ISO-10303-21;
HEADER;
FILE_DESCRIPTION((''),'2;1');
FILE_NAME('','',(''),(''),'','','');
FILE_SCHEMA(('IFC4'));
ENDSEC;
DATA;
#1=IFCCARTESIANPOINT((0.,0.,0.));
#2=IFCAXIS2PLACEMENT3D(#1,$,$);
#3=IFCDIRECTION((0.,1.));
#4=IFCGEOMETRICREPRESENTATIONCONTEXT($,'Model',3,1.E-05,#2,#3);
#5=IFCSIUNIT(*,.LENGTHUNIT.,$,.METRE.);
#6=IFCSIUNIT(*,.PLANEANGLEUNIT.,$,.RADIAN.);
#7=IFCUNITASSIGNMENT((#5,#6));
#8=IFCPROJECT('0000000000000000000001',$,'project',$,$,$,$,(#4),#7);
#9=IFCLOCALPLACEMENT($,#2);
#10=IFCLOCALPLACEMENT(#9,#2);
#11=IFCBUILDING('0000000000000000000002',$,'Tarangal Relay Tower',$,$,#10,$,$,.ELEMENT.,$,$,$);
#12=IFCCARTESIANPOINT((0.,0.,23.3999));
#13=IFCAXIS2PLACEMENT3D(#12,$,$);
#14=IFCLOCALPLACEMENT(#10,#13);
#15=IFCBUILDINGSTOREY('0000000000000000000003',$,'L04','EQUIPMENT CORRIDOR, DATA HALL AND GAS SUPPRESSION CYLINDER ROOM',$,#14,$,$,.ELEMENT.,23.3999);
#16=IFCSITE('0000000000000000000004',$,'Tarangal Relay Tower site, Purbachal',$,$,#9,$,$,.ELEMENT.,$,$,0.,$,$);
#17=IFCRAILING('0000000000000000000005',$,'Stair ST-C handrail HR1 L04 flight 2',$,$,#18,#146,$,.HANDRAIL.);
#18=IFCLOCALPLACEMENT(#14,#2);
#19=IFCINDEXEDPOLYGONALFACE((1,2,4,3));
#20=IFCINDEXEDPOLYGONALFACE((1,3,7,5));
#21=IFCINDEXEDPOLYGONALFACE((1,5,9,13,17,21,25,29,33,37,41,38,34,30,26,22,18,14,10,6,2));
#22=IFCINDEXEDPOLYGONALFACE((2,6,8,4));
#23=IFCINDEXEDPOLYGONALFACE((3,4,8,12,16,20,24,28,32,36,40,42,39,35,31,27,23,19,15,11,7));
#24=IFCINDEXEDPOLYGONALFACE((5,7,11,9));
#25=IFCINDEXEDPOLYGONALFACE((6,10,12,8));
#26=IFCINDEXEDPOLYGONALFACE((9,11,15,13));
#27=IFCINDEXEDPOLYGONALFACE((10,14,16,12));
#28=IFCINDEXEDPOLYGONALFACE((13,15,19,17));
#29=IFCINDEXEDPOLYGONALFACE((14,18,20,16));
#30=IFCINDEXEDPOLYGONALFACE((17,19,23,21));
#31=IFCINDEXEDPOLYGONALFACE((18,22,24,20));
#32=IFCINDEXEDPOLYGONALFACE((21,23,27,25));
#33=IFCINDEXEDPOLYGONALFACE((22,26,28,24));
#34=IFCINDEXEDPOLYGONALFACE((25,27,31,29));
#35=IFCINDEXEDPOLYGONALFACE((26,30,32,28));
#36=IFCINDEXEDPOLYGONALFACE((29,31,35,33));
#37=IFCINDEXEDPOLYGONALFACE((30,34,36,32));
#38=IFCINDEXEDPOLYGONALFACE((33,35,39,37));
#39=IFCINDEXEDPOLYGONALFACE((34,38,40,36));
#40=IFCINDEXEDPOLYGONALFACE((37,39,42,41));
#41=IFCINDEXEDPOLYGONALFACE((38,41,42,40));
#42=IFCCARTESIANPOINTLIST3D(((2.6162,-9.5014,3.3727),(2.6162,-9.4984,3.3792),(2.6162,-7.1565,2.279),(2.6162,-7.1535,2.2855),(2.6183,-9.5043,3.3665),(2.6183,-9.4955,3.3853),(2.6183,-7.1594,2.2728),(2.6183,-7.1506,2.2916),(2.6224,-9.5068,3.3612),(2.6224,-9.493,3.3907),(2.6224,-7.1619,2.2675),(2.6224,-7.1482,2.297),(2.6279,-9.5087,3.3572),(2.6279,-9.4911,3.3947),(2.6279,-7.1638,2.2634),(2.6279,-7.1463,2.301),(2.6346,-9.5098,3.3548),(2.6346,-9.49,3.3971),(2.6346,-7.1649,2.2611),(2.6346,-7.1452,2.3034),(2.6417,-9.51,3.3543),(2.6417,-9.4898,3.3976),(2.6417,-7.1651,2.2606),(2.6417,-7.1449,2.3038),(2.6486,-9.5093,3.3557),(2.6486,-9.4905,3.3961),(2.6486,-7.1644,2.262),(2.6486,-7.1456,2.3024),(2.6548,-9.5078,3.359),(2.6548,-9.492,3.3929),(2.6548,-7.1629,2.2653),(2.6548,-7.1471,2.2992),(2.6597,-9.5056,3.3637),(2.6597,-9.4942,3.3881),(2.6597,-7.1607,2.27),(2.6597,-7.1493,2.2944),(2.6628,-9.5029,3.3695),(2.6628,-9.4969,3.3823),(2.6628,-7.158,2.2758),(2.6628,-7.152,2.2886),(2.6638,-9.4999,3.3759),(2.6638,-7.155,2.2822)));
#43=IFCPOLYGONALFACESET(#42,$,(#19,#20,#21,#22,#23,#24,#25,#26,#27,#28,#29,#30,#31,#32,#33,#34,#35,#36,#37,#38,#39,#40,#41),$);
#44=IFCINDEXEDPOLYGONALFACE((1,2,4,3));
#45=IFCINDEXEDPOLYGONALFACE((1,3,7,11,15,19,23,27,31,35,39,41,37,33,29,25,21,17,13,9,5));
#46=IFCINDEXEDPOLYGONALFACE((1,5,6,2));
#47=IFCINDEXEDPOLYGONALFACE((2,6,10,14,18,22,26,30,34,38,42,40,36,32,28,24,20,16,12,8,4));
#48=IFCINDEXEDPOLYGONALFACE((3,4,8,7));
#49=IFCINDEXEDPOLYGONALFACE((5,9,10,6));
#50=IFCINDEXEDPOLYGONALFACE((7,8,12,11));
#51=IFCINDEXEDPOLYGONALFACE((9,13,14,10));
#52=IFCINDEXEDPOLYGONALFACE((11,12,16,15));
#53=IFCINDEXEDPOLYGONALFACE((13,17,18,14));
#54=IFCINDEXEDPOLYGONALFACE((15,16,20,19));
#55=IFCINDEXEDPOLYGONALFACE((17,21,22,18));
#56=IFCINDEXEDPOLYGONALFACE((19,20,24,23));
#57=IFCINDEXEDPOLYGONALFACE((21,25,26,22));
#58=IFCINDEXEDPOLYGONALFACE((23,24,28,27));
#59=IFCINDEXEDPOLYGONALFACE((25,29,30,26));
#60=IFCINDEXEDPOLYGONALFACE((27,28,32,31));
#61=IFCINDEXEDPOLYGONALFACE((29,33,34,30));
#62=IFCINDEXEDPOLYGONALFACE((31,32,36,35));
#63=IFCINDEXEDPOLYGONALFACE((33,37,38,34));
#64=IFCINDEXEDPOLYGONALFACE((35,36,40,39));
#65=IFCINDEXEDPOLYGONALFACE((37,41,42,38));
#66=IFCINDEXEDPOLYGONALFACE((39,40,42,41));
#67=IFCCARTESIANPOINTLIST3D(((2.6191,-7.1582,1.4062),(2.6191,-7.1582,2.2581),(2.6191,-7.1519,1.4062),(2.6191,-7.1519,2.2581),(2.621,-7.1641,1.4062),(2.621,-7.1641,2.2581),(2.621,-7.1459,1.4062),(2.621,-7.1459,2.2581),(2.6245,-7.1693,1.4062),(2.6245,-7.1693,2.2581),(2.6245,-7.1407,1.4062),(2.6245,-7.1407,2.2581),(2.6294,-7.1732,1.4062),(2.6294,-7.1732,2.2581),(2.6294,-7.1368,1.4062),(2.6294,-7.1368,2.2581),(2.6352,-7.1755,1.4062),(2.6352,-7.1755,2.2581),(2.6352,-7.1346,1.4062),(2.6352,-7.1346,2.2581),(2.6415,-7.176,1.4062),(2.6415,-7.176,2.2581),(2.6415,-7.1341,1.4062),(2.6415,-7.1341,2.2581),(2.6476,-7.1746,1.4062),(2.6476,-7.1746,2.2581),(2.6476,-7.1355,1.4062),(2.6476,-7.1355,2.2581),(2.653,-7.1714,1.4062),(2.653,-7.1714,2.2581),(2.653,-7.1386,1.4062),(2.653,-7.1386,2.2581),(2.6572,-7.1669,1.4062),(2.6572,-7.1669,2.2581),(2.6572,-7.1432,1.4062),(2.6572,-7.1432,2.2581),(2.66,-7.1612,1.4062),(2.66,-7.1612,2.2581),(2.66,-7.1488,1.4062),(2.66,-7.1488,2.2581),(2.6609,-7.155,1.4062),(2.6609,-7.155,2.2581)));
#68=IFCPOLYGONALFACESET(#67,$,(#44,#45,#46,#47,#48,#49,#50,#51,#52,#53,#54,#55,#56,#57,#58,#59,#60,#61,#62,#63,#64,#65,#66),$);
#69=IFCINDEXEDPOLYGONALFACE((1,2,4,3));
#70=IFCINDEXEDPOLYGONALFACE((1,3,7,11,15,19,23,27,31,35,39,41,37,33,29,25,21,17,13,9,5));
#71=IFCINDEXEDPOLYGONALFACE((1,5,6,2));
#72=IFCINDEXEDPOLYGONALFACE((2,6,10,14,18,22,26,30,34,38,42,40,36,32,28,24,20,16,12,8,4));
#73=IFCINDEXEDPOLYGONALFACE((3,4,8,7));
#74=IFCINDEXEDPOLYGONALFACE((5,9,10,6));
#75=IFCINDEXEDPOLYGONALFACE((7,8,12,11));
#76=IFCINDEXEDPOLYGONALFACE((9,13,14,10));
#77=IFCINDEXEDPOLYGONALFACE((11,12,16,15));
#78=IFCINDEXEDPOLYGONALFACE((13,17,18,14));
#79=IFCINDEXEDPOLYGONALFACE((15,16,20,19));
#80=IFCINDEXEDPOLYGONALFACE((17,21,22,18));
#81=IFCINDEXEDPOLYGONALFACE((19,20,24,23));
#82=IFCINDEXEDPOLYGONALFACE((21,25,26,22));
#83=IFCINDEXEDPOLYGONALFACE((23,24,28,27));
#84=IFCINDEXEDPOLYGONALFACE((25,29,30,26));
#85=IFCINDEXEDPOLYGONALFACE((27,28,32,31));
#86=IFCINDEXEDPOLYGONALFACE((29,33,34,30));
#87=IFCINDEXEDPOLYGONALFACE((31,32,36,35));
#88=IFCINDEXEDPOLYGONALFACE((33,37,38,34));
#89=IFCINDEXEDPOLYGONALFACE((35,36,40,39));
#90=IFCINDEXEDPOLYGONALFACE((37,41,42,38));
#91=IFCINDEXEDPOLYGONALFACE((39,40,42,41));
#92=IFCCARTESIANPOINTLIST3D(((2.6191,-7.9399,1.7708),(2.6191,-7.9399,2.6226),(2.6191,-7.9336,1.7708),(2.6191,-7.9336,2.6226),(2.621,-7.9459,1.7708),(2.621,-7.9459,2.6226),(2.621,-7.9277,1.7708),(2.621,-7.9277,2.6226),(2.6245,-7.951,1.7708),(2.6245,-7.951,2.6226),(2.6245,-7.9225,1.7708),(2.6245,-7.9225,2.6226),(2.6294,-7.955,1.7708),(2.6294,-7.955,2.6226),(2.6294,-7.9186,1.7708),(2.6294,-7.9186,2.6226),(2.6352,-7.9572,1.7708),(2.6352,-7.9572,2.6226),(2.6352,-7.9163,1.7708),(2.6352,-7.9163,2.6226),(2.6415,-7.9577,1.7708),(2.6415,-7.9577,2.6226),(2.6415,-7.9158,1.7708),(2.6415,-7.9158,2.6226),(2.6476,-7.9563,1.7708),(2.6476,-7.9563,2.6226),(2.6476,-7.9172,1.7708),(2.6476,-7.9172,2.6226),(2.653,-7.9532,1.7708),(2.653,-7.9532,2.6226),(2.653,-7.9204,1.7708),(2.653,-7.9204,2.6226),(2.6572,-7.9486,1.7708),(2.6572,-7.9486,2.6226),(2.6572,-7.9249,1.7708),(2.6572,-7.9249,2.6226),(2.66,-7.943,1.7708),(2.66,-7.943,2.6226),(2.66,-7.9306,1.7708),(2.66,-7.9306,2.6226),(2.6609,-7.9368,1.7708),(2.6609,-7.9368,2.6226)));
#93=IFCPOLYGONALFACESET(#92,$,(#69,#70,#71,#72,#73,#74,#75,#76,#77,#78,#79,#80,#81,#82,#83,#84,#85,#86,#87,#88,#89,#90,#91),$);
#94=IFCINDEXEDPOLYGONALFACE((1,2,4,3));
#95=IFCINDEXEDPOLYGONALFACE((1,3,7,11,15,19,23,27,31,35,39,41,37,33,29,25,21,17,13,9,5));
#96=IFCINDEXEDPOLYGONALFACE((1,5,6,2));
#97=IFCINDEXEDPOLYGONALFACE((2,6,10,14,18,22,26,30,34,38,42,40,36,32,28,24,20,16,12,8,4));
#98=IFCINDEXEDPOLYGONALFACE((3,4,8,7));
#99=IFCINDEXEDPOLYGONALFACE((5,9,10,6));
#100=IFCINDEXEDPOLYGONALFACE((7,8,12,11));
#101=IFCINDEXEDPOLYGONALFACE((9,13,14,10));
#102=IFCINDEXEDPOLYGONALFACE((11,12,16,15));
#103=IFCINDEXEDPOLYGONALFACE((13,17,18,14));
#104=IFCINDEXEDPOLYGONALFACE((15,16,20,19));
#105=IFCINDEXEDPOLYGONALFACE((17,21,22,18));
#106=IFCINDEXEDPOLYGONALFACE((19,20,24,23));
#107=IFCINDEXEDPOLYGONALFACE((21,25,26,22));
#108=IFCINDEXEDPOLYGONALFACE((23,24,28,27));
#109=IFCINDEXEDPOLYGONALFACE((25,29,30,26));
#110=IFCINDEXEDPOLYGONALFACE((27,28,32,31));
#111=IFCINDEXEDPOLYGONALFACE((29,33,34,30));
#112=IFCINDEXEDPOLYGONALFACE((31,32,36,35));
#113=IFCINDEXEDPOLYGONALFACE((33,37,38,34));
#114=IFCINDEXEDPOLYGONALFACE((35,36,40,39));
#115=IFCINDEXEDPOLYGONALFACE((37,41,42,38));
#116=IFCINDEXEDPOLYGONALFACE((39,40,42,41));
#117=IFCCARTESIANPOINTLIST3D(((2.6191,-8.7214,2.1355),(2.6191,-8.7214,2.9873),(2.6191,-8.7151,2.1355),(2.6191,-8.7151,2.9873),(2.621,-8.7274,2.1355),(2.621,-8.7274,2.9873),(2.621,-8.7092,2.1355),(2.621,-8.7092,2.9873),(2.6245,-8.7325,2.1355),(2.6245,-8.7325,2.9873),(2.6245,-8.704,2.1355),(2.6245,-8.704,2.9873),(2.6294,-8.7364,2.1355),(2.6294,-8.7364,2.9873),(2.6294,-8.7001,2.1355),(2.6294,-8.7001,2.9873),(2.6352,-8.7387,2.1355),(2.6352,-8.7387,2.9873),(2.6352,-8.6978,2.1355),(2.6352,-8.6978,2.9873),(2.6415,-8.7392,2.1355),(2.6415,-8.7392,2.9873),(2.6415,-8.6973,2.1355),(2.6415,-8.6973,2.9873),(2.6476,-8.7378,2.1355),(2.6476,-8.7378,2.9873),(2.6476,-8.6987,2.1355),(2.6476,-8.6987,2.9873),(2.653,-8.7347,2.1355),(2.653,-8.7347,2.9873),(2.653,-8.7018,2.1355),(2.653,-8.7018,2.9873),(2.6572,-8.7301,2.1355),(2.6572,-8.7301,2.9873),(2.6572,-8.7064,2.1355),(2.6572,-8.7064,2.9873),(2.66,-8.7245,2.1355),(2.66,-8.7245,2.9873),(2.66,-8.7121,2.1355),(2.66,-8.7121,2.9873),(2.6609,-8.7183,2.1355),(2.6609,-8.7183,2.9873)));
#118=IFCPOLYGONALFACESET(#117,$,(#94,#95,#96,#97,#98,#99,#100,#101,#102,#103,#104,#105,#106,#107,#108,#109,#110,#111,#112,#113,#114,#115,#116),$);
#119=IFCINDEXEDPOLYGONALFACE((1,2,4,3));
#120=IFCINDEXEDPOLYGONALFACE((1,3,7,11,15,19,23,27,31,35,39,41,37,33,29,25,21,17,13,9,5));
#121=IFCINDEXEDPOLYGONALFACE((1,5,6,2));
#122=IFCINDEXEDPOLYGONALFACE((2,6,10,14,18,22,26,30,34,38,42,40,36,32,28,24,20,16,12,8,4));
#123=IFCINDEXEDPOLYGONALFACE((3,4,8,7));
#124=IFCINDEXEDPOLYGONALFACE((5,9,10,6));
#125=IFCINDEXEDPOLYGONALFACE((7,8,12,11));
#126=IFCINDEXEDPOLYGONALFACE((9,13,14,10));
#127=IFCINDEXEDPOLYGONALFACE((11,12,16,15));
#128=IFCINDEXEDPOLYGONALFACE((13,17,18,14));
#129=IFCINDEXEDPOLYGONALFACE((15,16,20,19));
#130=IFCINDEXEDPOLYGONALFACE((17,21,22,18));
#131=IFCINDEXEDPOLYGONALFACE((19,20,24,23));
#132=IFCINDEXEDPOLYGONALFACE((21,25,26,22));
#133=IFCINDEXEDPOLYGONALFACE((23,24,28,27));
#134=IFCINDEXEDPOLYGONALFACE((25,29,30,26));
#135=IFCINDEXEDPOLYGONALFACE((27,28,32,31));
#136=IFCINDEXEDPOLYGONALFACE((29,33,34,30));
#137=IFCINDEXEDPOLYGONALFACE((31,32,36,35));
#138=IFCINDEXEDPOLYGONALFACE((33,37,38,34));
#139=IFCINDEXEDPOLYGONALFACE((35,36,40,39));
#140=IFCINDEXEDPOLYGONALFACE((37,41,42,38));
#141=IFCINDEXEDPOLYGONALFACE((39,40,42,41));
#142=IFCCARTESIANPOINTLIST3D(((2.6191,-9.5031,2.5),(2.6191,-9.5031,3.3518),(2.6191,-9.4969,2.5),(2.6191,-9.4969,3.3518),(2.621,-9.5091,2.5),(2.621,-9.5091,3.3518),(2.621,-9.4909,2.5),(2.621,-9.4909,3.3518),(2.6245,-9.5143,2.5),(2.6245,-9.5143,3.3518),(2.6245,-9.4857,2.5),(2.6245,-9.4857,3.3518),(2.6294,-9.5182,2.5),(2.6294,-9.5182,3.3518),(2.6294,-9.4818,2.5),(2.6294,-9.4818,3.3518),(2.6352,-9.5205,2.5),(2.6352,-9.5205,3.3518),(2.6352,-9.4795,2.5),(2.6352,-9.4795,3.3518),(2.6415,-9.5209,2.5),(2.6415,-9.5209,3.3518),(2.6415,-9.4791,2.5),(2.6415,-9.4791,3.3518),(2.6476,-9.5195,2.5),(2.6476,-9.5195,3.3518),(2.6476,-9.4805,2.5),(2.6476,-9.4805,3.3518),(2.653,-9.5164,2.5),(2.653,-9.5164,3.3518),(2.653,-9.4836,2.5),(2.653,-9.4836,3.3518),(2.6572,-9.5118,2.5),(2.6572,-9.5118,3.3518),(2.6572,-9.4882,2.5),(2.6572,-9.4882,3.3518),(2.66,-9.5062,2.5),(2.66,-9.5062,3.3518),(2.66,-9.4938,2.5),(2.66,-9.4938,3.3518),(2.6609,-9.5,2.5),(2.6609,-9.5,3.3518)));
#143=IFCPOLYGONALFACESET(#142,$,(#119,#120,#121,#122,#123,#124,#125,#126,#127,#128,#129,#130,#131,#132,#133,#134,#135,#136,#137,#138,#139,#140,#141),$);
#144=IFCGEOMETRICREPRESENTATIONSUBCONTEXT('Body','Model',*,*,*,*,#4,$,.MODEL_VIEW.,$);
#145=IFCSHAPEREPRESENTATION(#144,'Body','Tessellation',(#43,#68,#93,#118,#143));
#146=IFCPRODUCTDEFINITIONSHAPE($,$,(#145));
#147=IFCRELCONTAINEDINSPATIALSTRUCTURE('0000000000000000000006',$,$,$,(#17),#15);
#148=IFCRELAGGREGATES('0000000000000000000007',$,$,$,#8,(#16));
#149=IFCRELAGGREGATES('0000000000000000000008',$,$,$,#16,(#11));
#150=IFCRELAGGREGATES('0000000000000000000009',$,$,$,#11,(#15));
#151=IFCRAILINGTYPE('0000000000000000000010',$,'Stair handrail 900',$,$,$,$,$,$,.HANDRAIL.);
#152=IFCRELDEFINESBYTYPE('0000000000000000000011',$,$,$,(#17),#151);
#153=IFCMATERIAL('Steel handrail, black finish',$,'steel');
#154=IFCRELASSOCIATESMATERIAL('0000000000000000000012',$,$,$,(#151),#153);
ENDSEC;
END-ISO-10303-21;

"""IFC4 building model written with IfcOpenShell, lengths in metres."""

from ifc_helpers import new_model, si_unit, direction, frame, origin, origin_2d, place, context, subcontext, project, spatial, circle, extrude, material, type_object, element, save


model = new_model("IFC4")

# Units and contexts
model_context = context("Model", 3, precision=1e-05, world=origin(), true_north=direction((0.0, 1.0)))
body_context = subcontext(model_context, "Body", "Model", "MODEL_VIEW")
ifc_project = project(units=[si_unit("LENGTHUNIT", "METRE"), si_unit("PLANEANGLEUNIT", "RADIAN")], contexts=[model_context])

# Site, building, storey
site_placement = place(None, origin())
site = spatial("IfcSite", under=ifc_project, at=site_placement, Name="Tarangal Relay Tower site, Purbachal", CompositionType="ELEMENT", RefElevation=0.0)
building_placement = place(site_placement, origin())
building = spatial("IfcBuilding", under=site, at=building_placement, Name="Tarangal Relay Tower", CompositionType="ELEMENT")
storey_placement = place(building_placement, frame((0.0, 0.0, 23.3999)))
storey = spatial("IfcBuildingStorey", under=building, at=storey_placement, Name="L04", Description="EQUIPMENT CORRIDOR, DATA HALL AND GAS SUPPRESSION CYLINDER ROOM", CompositionType="ELEMENT", Elevation=23.3999)

# Railing
ifc_material_1 = material(Name="Steel handrail, black finish", Category="steel")
railing_type_1 = type_object("IfcRailingType", Name="Stair handrail 900", PredefinedType="HANDRAIL", material=ifc_material_1)
for number, where, name in (
    (1, (2.6399, -7.155, 1.4062), "Stair ST-C handrail HR1 L04 flight 2"),
):
    element("IfcRailing", number, at=place(storey_placement, frame(where)), inside=storey, type_object=railing_type_1, Name=name, PredefinedType="HANDRAIL", context=body_context, shape_type="SweptSolid", body=[
        extrude(circle(Radius=0.0239, at=origin_2d()), frame((0.0, 0.0, 0.876), z_axis=(0.0, -0.906267, 0.422705), x_axis=(1.0, 0.0, 0.0)), (0.0, 0.0, 1.0), 2.5874),
        extrude(circle(Radius=0.021, at=origin_2d()), origin(), (0.0, 0.0, 1.0), 0.8518),
        extrude(circle(Radius=0.021, at=origin_2d()), frame((0.0, -0.7817, 0.3645)), (0.0, 0.0, 1.0), 0.8518),
        extrude(circle(Radius=0.021, at=origin_2d()), frame((0.0, -1.5632, 0.7292)), (0.0, 0.0, 1.0), 0.8518),
        extrude(circle(Radius=0.021, at=origin_2d()), frame((0.0, -2.345, 1.0938)), (0.0, 0.0, 1.0), 0.8518),
    ])

save(model, "model.ifc")
